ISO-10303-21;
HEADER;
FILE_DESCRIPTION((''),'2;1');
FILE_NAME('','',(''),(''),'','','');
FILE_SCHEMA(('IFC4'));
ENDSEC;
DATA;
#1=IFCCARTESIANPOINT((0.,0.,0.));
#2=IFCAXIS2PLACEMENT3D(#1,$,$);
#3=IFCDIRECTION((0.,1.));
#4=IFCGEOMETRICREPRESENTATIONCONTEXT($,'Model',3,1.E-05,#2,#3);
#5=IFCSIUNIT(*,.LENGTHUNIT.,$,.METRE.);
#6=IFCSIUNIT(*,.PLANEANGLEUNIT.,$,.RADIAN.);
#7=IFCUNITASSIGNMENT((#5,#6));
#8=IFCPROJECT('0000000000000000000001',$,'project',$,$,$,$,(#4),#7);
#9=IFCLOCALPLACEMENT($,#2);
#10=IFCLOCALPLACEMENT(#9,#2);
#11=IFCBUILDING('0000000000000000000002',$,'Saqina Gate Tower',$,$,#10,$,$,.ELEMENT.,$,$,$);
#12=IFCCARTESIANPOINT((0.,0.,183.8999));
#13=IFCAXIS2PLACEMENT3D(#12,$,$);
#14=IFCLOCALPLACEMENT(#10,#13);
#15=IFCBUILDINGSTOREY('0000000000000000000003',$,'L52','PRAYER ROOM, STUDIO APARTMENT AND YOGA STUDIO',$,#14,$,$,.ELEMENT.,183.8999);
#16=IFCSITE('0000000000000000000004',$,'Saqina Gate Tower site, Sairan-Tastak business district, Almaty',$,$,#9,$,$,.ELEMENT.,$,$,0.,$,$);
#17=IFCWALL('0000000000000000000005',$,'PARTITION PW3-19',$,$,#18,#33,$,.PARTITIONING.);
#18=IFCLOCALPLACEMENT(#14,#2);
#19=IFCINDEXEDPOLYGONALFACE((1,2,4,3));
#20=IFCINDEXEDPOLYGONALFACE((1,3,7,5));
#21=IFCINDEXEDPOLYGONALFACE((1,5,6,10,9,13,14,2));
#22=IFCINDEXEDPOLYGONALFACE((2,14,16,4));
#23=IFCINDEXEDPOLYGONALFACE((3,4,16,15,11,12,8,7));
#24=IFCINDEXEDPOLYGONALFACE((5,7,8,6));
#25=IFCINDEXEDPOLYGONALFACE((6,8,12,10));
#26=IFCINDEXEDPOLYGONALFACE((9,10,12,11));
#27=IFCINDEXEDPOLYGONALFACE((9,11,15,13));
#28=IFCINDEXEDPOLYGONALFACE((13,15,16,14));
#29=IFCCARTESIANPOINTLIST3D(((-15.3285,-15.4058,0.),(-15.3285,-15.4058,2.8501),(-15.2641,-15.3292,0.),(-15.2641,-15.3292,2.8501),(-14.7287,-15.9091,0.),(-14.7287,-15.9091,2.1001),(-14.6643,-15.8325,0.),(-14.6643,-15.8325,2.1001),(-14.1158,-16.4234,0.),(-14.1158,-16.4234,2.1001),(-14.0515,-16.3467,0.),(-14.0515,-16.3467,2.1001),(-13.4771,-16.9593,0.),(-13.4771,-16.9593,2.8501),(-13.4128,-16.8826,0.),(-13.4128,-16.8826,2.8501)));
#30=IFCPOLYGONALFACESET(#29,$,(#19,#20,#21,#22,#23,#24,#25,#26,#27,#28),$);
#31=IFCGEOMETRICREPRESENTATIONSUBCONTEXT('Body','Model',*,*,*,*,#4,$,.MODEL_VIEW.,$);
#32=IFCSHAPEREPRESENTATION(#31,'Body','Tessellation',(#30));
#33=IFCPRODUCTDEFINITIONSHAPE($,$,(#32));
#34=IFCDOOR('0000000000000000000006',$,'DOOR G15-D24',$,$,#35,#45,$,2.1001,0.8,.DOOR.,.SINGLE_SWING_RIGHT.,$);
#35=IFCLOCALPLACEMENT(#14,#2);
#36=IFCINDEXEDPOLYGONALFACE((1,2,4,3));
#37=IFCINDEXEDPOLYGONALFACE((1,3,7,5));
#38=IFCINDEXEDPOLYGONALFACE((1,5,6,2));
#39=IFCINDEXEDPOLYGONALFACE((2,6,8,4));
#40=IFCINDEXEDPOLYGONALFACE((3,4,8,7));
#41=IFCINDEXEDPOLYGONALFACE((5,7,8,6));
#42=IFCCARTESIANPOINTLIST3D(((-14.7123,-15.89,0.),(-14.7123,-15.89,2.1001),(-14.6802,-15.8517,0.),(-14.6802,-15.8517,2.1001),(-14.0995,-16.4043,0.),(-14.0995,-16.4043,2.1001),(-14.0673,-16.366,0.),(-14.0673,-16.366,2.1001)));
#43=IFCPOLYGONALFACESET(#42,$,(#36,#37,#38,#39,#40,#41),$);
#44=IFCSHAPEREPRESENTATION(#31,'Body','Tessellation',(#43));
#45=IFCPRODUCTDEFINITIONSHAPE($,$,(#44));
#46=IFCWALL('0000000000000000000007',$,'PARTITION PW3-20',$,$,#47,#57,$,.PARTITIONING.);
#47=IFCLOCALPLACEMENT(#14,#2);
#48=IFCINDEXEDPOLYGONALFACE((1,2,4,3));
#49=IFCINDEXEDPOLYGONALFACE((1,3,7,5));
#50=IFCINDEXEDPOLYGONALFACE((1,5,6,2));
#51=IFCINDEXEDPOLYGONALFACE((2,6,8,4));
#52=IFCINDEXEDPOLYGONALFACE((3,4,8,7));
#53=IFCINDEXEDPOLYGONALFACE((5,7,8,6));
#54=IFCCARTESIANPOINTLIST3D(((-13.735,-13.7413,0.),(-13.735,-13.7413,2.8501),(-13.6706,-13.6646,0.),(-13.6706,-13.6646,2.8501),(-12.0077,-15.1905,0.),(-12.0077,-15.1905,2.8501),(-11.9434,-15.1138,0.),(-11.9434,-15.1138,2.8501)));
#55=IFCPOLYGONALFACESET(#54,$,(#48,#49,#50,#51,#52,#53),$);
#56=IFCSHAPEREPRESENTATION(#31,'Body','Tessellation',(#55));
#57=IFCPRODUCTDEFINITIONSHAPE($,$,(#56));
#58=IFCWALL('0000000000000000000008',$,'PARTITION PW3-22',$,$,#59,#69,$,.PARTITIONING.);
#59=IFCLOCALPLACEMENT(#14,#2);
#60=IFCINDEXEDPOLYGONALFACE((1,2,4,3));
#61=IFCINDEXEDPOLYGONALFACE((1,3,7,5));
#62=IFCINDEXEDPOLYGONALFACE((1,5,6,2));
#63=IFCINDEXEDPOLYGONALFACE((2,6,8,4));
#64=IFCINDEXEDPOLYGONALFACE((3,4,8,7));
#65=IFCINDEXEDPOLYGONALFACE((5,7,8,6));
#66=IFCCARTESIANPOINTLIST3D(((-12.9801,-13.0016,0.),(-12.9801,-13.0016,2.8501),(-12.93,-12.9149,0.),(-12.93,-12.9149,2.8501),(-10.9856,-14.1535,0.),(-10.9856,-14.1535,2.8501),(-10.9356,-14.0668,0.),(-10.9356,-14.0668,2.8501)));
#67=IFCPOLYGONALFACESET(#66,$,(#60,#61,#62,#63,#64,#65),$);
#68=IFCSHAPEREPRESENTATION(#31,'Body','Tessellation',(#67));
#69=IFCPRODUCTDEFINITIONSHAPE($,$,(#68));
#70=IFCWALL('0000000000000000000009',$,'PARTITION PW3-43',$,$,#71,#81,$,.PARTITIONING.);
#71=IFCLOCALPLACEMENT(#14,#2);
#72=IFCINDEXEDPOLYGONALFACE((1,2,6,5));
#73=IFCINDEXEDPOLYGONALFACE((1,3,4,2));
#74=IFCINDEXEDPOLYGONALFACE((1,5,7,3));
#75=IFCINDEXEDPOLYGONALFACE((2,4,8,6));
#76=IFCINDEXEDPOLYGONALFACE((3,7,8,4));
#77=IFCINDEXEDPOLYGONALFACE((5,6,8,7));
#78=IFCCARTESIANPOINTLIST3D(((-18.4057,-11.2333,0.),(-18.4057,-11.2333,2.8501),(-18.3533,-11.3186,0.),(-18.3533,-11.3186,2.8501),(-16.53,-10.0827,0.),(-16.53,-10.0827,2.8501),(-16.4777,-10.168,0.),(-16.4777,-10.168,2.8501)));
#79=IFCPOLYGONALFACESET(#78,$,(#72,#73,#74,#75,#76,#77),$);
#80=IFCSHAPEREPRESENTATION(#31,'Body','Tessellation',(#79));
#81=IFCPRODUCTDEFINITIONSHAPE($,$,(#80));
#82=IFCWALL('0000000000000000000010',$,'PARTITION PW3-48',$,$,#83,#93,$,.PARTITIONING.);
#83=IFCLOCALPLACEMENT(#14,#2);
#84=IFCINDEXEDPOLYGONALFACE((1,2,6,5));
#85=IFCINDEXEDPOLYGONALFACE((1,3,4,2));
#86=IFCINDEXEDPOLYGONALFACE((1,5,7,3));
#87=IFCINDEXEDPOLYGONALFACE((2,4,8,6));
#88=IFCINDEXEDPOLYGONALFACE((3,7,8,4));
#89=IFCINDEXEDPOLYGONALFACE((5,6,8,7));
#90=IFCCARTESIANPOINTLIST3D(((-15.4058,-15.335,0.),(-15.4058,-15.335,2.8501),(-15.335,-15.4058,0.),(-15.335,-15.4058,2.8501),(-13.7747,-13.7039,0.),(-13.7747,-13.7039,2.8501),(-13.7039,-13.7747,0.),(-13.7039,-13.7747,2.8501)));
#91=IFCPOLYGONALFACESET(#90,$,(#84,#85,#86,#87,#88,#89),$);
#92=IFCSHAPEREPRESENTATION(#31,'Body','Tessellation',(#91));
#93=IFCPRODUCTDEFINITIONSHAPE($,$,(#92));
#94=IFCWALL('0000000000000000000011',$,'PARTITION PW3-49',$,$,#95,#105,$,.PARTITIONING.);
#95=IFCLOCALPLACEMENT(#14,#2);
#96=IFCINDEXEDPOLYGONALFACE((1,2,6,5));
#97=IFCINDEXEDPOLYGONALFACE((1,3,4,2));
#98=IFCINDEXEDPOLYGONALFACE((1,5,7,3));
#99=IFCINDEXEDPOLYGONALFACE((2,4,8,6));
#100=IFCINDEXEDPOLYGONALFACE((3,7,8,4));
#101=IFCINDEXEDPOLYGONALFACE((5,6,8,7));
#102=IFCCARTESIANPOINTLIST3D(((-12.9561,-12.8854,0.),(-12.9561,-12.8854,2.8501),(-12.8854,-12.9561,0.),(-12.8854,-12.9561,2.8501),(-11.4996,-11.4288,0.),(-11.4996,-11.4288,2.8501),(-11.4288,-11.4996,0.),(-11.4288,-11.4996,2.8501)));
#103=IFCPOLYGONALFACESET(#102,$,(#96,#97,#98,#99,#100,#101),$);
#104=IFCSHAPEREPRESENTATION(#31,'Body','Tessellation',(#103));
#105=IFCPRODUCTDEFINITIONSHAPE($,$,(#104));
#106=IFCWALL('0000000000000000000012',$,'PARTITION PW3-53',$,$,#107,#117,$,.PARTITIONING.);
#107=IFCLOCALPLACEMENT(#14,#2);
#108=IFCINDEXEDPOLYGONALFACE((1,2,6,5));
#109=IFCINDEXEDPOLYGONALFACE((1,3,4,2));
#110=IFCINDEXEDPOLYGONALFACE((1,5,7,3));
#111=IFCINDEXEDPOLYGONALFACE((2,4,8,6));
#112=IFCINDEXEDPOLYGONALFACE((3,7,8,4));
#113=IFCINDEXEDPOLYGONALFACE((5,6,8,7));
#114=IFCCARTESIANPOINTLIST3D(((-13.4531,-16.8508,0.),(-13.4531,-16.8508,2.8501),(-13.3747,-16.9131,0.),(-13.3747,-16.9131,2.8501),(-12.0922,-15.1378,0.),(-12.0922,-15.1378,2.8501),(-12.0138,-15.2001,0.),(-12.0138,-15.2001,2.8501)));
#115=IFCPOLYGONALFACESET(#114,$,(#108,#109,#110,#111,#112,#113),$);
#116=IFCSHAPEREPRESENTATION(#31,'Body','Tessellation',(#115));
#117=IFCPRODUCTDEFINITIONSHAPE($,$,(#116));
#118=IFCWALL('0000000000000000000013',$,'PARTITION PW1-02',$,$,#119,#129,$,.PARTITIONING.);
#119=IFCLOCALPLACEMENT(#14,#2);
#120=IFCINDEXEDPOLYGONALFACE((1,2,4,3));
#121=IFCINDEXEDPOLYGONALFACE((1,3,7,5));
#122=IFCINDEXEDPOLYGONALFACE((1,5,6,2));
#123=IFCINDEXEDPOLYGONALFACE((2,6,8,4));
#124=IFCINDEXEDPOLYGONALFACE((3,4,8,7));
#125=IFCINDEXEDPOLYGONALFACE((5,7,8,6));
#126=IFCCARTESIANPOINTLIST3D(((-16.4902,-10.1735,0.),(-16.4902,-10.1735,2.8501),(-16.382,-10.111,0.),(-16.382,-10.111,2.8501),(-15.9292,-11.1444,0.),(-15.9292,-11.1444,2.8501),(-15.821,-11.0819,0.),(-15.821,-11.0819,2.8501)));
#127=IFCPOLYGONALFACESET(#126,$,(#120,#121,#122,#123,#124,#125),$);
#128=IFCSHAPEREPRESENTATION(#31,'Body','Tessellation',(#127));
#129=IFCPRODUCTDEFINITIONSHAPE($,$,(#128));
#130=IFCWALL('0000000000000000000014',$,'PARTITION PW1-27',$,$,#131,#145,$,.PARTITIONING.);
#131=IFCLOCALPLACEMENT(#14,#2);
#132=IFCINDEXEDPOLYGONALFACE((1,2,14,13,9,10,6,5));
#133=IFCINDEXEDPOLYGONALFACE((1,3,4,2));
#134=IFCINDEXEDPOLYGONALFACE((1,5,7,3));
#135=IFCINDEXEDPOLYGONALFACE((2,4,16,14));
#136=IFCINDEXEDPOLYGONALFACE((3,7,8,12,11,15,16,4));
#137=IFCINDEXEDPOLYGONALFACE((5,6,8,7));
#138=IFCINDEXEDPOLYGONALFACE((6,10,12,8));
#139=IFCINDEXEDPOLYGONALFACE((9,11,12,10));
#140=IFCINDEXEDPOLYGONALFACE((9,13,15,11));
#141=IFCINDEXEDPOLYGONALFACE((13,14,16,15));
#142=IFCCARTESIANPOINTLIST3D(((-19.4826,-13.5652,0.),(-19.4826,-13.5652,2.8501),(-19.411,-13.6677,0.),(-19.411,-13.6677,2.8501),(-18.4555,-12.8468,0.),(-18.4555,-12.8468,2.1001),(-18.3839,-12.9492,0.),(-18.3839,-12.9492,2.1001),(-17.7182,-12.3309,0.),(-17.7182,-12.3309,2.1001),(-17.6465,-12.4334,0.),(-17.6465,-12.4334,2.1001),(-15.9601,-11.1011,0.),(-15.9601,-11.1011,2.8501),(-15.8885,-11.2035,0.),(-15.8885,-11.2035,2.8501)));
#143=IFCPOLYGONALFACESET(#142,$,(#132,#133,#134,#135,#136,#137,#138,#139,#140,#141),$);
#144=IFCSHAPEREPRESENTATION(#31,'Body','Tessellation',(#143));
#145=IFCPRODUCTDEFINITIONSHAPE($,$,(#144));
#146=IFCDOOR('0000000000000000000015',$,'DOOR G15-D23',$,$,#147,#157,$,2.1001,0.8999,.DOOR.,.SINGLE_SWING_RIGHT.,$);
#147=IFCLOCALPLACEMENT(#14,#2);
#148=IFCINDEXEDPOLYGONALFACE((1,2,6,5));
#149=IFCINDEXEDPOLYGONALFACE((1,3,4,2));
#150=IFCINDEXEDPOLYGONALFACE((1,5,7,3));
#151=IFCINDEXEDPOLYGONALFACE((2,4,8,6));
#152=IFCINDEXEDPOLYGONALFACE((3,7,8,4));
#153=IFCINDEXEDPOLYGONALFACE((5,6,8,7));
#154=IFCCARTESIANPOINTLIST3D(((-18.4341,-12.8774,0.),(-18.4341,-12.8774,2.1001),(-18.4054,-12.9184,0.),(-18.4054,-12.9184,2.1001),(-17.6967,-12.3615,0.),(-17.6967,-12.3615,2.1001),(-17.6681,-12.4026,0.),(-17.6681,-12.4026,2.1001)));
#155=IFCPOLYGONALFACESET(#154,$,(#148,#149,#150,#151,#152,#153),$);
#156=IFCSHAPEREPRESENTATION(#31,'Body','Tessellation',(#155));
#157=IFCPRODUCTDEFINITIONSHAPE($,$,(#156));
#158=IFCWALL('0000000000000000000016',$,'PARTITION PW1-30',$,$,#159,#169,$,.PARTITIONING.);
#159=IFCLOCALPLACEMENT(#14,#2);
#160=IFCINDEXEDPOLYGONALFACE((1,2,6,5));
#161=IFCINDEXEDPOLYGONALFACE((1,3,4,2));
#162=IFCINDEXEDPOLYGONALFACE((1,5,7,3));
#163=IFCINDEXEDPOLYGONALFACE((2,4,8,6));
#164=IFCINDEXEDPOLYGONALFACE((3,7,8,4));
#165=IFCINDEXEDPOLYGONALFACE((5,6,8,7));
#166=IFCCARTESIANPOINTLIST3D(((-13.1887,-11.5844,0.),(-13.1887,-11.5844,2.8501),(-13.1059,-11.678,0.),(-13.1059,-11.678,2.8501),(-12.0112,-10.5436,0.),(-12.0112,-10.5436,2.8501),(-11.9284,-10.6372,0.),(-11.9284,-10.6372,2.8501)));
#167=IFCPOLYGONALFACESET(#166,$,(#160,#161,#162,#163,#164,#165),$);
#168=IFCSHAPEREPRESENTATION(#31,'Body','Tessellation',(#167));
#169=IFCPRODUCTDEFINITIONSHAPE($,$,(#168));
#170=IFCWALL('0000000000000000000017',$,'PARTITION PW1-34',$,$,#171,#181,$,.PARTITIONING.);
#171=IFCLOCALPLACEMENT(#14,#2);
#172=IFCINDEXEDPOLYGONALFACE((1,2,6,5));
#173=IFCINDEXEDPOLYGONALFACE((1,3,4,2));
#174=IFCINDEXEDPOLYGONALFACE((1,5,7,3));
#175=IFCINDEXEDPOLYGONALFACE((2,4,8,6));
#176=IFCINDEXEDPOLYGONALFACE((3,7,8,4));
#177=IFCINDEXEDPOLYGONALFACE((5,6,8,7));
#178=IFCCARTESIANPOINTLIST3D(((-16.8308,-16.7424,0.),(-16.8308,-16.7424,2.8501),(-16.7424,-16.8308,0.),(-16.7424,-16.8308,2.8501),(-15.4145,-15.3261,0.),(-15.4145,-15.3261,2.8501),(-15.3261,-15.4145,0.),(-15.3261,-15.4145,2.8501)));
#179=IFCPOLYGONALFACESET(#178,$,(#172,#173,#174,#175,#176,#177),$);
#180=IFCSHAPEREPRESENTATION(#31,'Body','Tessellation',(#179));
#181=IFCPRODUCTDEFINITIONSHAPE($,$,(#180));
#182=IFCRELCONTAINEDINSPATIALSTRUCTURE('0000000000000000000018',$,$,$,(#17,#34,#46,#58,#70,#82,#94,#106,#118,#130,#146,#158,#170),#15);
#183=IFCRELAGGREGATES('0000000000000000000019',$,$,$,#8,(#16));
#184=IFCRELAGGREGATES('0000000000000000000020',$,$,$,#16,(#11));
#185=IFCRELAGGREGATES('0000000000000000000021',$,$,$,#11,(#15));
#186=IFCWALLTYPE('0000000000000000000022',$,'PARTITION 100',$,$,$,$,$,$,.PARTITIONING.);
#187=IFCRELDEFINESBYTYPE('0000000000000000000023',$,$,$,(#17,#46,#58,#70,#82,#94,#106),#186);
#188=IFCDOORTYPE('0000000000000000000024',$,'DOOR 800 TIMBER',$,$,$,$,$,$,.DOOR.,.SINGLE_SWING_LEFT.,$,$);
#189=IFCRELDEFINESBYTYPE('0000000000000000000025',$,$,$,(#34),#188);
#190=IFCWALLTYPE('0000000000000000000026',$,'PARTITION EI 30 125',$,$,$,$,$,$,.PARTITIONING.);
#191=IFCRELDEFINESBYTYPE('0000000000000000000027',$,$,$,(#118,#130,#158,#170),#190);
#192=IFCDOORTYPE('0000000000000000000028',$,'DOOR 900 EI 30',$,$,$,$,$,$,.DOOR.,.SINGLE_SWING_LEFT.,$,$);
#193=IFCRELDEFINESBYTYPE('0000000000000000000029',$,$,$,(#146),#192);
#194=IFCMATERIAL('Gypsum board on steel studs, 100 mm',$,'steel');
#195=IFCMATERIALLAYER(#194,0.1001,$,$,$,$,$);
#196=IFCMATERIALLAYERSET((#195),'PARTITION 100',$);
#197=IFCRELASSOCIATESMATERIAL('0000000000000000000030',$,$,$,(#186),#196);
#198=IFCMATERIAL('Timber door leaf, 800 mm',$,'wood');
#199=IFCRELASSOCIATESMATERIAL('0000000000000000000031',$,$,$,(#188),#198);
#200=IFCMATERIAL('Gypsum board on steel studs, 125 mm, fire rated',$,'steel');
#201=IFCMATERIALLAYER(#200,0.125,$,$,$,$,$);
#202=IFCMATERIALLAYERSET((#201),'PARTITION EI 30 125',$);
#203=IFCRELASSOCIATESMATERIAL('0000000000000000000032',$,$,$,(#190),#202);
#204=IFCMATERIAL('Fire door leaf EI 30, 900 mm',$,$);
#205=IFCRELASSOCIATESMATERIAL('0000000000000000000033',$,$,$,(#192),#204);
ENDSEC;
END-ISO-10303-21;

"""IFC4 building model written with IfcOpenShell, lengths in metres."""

from ifc_helpers import new_model, si_unit, direction, frame, frame_2d, origin, place, context, subcontext, project, spatial, rectangle, extrude, material, layer, layer_set, type_object, element, fill, save


model = new_model("IFC4")

# Units and contexts
model_context = context("Model", 3, precision=1e-05, world=origin(), true_north=direction((0.0, 1.0)))
body_context = subcontext(model_context, "Body", "Model", "MODEL_VIEW")
ifc_project = project(units=[si_unit("LENGTHUNIT", "METRE"), si_unit("PLANEANGLEUNIT", "RADIAN")], contexts=[model_context])

# Site, building, storey
site_placement = place(None, origin())
site = spatial("IfcSite", under=ifc_project, at=site_placement, Name="Saqina Gate Tower site, Sairan-Tastak business district, Almaty", CompositionType="ELEMENT", RefElevation=0.0)
building_placement = place(site_placement, origin())
building = spatial("IfcBuilding", under=site, at=building_placement, Name="Saqina Gate Tower", CompositionType="ELEMENT")
storey_placement = place(building_placement, frame((0.0, 0.0, 183.8999)))
storey = spatial("IfcBuildingStorey", under=building, at=storey_placement, Name="L52", Description="PRAYER ROOM, STUDIO APARTMENT AND YOGA STUDIO", CompositionType="ELEMENT", Elevation=183.8999)

# Wall, opening, door
ifc_material_1 = material(Name="Gypsum board on steel studs, 100 mm", Category="steel")
ifc_layer_1 = layer(ifc_material_1, 0.1001)
ifc_layer_set_1 = layer_set([ifc_layer_1], Name="PARTITION 100")
wall_type_1 = type_object("IfcWallType", Name="PARTITION 100", PredefinedType="PARTITIONING", material=ifc_layer_set_1)
wall_1_placement = place(storey_placement, frame((-15.2964, -15.3674, 0.0), z_axis=(0.0, 0.0, 1.0), x_axis=(0.766039, -0.642794, 0.0)))
wall_1 = element("IfcWall", 1, at=wall_1_placement, inside=storey, type_object=wall_type_1, Name="PARTITION PW3-19", PredefinedType="PARTITIONING", context=body_context, shape_type="SweptSolid", body=[
    extrude(rectangle(XDim=2.4167, YDim=0.1001, at=frame_2d((1.2085, 0.0))), origin(), (0.0, 0.0, 1.0), 2.8501),
])
opening_1_placement = place(wall_1_placement, frame((0.7832, 0.0, 0.0)))
opening_1 = element("IfcOpeningElement", 2, at=opening_1_placement, cuts=wall_1, PredefinedType="OPENING", context=body_context, shape_type="SweptSolid", body=[
    extrude(rectangle(XDim=0.8, YDim=2.1001, at=frame_2d((0.3999, 1.05))), frame((0.0, 0.062, 0.0), z_axis=(0.0, -1.0, 0.0), x_axis=(1.0, 0.0, 0.0)), (0.0, 0.0, 1.0), 0.124),
])
ifc_material_2 = material(Name="Timber door leaf, 800 mm", Category="wood")
door_type_1 = type_object("IfcDoorType", Name="DOOR 800 TIMBER", OperationType="SINGLE_SWING_LEFT", PredefinedType="DOOR", material=ifc_material_2)
door_1_placement = place(opening_1_placement, frame((0.8, 0.0, 0.0), z_axis=(0.0, 0.0, 1.0), x_axis=(-1.0, 0.0, 0.0)))
door_1 = element("IfcDoor", 3, at=door_1_placement, inside=storey, type_object=door_type_1, Name="DOOR G15-D24", OperationType="SINGLE_SWING_RIGHT", OverallHeight=2.1001, OverallWidth=0.8, PredefinedType="DOOR", context=body_context, shape_type="SweptSolid", body=[
    extrude(rectangle(XDim=0.8, YDim=2.1001, at=frame_2d((0.3999, 1.05))), frame((0.0, 0.0249, 0.0), z_axis=(0.0, -1.0, 0.0), x_axis=(1.0, 0.0, 0.0)), (0.0, 0.0, 1.0), 0.05),
])
fill(opening_1, door_1)

# Walls
wall_2_placement = place(storey_placement, frame((-13.7029, -13.7029, 0.0), z_axis=(0.0, 0.0, 1.0), x_axis=(0.766078, -0.642748, 0.0)))
element("IfcWall", 4, at=wall_2_placement, inside=storey, type_object=wall_type_1, Name="PARTITION PW3-20", PredefinedType="PARTITIONING", context=body_context, shape_type="SweptSolid", body=[
    extrude(rectangle(XDim=2.2546, YDim=0.1001, at=frame_2d((1.1274, 0.0))), origin(), (0.0, 0.0, 1.0), 2.8501),
])
wall_3_placement = place(storey_placement, frame((-12.9551, -12.9583, 0.0), z_axis=(0.0, 0.0, 1.0), x_axis=(0.865951, -0.500129, 0.0)))
element("IfcWall", 5, at=wall_3_placement, inside=storey, type_object=wall_type_1, Name="PARTITION PW3-22", PredefinedType="PARTITIONING", context=body_context, shape_type="SweptSolid", body=[
    extrude(rectangle(XDim=2.3032, YDim=0.1001, at=frame_2d((1.1516, 0.0))), origin(), (0.0, 0.0, 1.0), 2.8501),
])
wall_4_placement = place(storey_placement, frame((-18.3794, -11.2759, 0.0), z_axis=(0.0, 0.0, 1.0), x_axis=(0.8524, 0.52289, 0.0)))
element("IfcWall", 6, at=wall_4_placement, inside=storey, type_object=wall_type_1, Name="PARTITION PW3-43", PredefinedType="PARTITIONING", context=body_context, shape_type="SweptSolid", body=[
    extrude(rectangle(XDim=2.2004, YDim=0.1001, at=frame_2d((1.1001, 0.0))), origin(), (0.0, 0.0, 1.0), 2.8501),
])
wall_5_placement = place(storey_placement, frame((-15.3704, -15.3704, 0.0), z_axis=(0.0, 0.0, 1.0), x_axis=(0.707107, 0.707107, 0.0)))
element("IfcWall", 7, at=wall_5_placement, inside=storey, type_object=wall_type_1, Name="PARTITION PW3-48", PredefinedType="PARTITIONING", context=body_context, shape_type="SweptSolid", body=[
    extrude(rectangle(XDim=2.3066, YDim=0.1001, at=frame_2d((1.1533, 0.0))), origin(), (0.0, 0.0, 1.0), 2.8501),
])
wall_6_placement = place(storey_placement, frame((-12.9207, -12.9207, 0.0), z_axis=(0.0, 0.0, 1.0), x_axis=(0.707107, 0.707107, 0.0)))
element("IfcWall", 8, at=wall_6_placement, inside=storey, type_object=wall_type_1, Name="PARTITION PW3-49", PredefinedType="PARTITIONING", context=body_context, shape_type="SweptSolid", body=[
    extrude(rectangle(XDim=2.0598, YDim=0.1001, at=frame_2d((1.0298, 0.0))), origin(), (0.0, 0.0, 1.0), 2.8501),
])
wall_7_placement = place(storey_placement, frame((-13.4138, -16.8818, 0.0), z_axis=(0.0, 0.0, 1.0), x_axis=(0.622051, 0.782977, 0.0)))
element("IfcWall", 9, at=wall_7_placement, inside=storey, type_object=wall_type_1, Name="PARTITION PW3-53", PredefinedType="PARTITIONING", context=body_context, shape_type="SweptSolid", body=[
    extrude(rectangle(XDim=2.1877, YDim=0.1001, at=frame_2d((1.0938, 0.0))), origin(), (0.0, 0.0, 1.0), 2.8501),
])
ifc_material_3 = material(Name="Gypsum board on steel studs, 125 mm, fire rated", Category="steel")
ifc_layer_2 = layer(ifc_material_3, 0.125)
ifc_layer_set_2 = layer_set([ifc_layer_2], Name="PARTITION EI 30 125")
wall_type_2 = type_object("IfcWallType", Name="PARTITION EI 30 125", PredefinedType="PARTITIONING", material=ifc_layer_set_2)
wall_8_placement = place(storey_placement, frame((-16.436, -10.1423, 0.0), z_axis=(0.0, 0.0, 1.0), x_axis=(0.500307, -0.865848, 0.0)))
element("IfcWall", 10, at=wall_8_placement, inside=storey, type_object=wall_type_2, Name="PARTITION PW1-02", PredefinedType="PARTITIONING", context=body_context, shape_type="SweptSolid", body=[
    extrude(rectangle(XDim=1.1213, YDim=0.125, at=frame_2d((0.5605, 0.0))), origin(), (0.0, 0.0, 1.0), 2.8501),
])

# Wall, opening, door
wall_9_placement = place(storey_placement, frame((-19.4468, -13.6165, 0.0), z_axis=(0.0, 0.0, 1.0), x_axis=(0.819408, 0.573211, 0.0)))
wall_9 = element("IfcWall", 11, at=wall_9_placement, inside=storey, type_object=wall_type_2, Name="PARTITION PW1-27", PredefinedType="PARTITIONING", context=body_context, shape_type="SweptSolid", body=[
    extrude(rectangle(XDim=4.2988, YDim=0.125, at=frame_2d((2.1494, 0.0))), origin(), (0.0, 0.0, 1.0), 2.8501),
])
opening_2_placement = place(wall_9_placement, frame((1.2534, 0.0, 0.0)))
opening_2 = element("IfcOpeningElement", 12, at=opening_2_placement, cuts=wall_9, PredefinedType="OPENING", context=body_context, shape_type="SweptSolid", body=[
    extrude(rectangle(XDim=0.8999, YDim=2.1001, at=frame_2d((0.45, 1.05))), frame((0.0, 0.0745, 0.0), z_axis=(0.0, -1.0, 0.0), x_axis=(1.0, 0.0, 0.0)), (0.0, 0.0, 1.0), 0.1489),
])
ifc_material_4 = material(Name="Fire door leaf EI 30, 900 mm")
door_type_2 = type_object("IfcDoorType", Name="DOOR 900 EI 30", OperationType="SINGLE_SWING_LEFT", PredefinedType="DOOR", material=ifc_material_4)
door_2_placement = place(opening_2_placement, frame((0.8999, 0.0, 0.0), z_axis=(0.0, 0.0, 1.0), x_axis=(-1.0, 0.0, 0.0)))
door_2 = element("IfcDoor", 13, at=door_2_placement, inside=storey, type_object=door_type_2, Name="DOOR G15-D23", OperationType="SINGLE_SWING_RIGHT", OverallHeight=2.1001, OverallWidth=0.8999, PredefinedType="DOOR", context=body_context, shape_type="SweptSolid", body=[
    extrude(rectangle(XDim=0.8999, YDim=2.1001, at=frame_2d((0.45, 1.05))), frame((0.0, 0.0249, 0.0), z_axis=(0.0, -1.0, 0.0), x_axis=(1.0, 0.0, 0.0)), (0.0, 0.0, 1.0), 0.05),
])
fill(opening_2, door_2)

# Walls
wall_10_placement = place(storey_placement, frame((-13.1472, -11.6311, 0.0), z_axis=(0.0, 0.0, 1.0), x_axis=(0.749266, 0.662269, 0.0)))
element("IfcWall", 14, at=wall_10_placement, inside=storey, type_object=wall_type_2, Name="PARTITION PW1-30", PredefinedType="PARTITIONING", context=body_context, shape_type="SweptSolid", body=[
    extrude(rectangle(XDim=1.5715, YDim=0.125, at=frame_2d((0.7856, 0.0))), origin(), (0.0, 0.0, 1.0), 2.8501),
])
wall_11_placement = place(storey_placement, frame((-16.7866, -16.7866, 0.0), z_axis=(0.0, 0.0, 1.0), x_axis=(0.707107, 0.707107, 0.0)))
element("IfcWall", 15, at=wall_11_placement, inside=storey, type_object=wall_type_2, Name="PARTITION PW1-34", PredefinedType="PARTITIONING", context=body_context, shape_type="SweptSolid", body=[
    extrude(rectangle(XDim=2.0029, YDim=0.125, at=frame_2d((1.0015, 0.0))), origin(), (0.0, 0.0, 1.0), 2.8501),
])

save(model, "model.ifc")
